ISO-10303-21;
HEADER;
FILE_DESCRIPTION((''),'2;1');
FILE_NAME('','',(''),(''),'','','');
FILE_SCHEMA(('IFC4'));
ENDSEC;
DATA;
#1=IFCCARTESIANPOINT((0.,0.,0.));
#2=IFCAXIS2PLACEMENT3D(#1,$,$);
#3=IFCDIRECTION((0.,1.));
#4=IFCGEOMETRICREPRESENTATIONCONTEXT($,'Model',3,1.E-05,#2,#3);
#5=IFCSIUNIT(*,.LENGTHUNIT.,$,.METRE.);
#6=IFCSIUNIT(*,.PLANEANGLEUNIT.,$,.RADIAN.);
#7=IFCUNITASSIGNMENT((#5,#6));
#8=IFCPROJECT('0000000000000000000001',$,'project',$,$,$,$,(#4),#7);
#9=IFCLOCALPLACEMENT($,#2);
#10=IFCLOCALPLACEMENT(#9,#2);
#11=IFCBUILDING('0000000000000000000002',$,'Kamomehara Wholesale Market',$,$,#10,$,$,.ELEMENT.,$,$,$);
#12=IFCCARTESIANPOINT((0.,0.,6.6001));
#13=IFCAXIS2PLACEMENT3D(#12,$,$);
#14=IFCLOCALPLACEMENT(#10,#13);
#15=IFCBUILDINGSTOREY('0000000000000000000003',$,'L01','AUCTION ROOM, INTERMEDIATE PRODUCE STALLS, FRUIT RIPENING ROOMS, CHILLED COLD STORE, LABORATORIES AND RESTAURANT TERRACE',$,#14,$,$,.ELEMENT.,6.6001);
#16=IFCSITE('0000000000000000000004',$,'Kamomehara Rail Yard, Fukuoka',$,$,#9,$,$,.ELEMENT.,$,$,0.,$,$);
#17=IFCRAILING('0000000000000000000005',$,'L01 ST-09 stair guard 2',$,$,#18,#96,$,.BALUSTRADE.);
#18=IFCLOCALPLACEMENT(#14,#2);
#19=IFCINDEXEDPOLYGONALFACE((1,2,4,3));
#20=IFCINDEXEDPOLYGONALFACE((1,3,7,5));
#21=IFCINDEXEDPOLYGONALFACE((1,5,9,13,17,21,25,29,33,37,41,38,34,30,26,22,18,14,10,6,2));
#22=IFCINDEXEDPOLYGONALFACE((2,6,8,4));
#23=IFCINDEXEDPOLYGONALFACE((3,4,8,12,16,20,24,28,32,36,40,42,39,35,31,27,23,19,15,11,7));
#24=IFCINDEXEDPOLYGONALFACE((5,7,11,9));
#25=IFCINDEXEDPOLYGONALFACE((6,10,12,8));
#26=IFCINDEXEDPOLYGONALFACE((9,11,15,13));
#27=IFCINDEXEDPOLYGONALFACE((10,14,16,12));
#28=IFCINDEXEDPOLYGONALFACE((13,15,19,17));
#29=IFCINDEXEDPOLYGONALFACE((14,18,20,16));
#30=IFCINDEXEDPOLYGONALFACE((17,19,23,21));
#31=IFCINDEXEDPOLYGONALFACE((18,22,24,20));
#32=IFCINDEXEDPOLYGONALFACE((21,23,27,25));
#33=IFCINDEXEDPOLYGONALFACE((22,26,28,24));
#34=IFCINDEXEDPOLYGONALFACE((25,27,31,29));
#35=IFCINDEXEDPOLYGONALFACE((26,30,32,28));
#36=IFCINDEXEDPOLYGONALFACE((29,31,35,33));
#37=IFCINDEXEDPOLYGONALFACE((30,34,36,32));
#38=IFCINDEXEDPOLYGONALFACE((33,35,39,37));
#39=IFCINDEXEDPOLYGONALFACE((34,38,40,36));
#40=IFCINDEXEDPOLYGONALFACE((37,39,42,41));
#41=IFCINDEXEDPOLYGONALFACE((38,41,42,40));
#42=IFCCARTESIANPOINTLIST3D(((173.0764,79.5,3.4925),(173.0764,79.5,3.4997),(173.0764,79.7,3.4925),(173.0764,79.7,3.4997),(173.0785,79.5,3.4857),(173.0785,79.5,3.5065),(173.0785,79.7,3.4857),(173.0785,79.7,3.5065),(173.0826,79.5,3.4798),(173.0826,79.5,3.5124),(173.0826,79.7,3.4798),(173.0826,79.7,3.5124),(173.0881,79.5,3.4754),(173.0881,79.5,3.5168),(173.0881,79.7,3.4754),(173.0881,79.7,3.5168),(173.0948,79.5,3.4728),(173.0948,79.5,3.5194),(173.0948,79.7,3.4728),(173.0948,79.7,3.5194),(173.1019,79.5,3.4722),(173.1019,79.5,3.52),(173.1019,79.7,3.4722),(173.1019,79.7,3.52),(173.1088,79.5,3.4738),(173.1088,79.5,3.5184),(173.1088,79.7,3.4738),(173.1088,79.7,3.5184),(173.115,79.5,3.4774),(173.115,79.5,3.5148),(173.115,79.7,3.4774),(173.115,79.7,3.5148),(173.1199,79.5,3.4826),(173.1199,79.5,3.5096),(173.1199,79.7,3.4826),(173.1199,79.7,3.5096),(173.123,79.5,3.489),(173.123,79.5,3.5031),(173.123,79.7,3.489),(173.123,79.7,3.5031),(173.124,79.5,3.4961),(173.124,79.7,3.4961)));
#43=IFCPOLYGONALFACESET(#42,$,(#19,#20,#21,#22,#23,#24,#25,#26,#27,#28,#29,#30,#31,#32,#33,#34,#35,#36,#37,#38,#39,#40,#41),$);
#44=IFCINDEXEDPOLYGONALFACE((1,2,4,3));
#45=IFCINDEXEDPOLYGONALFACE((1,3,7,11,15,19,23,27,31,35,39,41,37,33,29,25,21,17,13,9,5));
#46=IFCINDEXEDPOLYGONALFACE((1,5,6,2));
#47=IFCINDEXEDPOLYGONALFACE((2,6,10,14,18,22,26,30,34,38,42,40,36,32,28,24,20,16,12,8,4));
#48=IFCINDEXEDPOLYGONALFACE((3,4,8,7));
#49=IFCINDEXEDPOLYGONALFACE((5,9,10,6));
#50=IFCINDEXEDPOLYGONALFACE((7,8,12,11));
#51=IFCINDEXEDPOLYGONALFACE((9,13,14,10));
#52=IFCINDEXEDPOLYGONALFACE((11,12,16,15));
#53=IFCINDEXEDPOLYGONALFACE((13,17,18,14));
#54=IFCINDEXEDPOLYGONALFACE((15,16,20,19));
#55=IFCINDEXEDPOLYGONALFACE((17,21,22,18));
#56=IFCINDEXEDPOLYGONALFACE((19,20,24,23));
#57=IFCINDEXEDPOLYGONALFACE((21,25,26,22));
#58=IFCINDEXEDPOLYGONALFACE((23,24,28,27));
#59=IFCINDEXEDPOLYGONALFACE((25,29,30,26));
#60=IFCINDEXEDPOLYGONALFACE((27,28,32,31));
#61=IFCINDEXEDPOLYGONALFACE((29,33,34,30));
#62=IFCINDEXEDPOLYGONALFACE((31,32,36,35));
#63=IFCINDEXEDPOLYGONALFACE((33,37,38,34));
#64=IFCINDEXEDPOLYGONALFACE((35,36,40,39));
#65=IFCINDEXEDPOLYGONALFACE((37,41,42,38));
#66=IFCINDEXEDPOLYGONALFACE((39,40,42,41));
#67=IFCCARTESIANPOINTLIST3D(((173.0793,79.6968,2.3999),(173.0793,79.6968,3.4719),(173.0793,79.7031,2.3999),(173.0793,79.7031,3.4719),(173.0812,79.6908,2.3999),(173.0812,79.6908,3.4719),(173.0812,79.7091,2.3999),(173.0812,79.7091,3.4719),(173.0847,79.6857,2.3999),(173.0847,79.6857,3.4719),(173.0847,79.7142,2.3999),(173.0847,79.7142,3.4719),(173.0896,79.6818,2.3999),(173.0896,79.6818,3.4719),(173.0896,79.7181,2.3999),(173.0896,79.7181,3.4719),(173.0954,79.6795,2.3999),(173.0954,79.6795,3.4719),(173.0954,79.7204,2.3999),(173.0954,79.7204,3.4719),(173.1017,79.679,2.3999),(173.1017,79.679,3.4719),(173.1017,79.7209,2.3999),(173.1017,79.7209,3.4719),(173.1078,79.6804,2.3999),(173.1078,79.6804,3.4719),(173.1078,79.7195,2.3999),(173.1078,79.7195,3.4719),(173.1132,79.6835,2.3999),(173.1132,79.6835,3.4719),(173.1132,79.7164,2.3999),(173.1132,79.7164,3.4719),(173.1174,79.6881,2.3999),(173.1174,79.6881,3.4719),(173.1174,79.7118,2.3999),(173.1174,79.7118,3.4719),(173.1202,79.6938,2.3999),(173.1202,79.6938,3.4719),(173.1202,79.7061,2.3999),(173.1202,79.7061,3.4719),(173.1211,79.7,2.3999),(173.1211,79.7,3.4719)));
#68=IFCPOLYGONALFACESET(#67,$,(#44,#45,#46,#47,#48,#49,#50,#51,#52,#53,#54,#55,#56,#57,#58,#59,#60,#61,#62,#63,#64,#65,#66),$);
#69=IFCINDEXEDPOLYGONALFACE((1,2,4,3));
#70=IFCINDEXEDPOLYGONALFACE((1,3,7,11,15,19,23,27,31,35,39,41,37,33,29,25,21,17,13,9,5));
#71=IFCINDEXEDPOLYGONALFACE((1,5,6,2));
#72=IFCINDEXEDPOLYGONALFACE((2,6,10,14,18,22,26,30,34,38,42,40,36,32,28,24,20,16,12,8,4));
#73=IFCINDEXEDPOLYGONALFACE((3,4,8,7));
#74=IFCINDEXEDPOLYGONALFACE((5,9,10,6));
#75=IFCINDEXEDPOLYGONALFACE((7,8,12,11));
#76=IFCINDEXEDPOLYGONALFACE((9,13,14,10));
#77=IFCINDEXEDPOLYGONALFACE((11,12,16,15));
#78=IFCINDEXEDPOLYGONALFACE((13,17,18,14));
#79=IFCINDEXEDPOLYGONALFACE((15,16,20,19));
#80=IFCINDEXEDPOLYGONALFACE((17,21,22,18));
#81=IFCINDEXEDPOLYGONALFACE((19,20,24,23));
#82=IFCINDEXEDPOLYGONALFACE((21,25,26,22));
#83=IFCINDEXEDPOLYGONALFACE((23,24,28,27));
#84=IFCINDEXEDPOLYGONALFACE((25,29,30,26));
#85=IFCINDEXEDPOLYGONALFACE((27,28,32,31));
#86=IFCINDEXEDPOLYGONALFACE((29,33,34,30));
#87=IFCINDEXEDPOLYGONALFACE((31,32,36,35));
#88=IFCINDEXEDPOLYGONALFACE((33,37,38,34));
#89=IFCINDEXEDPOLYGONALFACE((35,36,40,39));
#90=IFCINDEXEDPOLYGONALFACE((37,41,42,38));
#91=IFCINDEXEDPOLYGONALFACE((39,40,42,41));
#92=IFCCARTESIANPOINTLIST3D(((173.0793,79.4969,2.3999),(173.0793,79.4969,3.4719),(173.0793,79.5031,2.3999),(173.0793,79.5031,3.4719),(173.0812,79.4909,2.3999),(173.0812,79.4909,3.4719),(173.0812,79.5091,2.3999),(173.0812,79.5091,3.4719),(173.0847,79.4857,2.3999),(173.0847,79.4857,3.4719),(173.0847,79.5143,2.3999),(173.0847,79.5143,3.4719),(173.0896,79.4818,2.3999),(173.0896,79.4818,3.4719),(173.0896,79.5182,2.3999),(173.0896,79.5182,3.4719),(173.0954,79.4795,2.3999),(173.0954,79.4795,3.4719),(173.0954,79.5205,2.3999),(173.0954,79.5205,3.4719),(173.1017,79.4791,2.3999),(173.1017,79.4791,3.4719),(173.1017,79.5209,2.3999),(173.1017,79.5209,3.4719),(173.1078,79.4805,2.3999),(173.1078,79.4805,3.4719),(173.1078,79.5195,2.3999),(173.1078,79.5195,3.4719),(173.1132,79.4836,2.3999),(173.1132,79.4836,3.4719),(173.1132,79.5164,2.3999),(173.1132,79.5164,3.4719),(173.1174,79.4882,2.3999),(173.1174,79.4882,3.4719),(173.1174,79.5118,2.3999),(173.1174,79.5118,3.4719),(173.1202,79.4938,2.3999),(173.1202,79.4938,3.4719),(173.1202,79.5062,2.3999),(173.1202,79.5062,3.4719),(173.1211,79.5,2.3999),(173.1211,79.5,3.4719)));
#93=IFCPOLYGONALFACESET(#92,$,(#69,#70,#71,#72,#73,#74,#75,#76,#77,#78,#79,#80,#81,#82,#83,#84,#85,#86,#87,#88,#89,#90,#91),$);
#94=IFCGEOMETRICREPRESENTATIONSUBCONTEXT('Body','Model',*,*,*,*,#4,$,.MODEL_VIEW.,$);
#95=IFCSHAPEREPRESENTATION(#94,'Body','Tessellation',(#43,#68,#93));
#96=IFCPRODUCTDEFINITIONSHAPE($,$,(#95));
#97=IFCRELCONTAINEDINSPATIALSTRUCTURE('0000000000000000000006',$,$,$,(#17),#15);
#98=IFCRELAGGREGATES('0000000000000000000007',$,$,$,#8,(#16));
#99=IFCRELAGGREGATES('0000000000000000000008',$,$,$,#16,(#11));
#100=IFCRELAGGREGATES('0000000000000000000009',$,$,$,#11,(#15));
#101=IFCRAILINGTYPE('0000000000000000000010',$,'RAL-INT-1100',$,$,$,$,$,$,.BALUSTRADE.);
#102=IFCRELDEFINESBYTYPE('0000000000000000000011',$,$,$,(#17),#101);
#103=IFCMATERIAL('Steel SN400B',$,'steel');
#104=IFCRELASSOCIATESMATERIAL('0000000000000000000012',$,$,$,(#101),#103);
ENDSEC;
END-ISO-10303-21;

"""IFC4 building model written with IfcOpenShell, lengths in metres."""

from ifc_helpers import new_model, si_unit, direction, frame, origin, origin_2d, place, context, subcontext, project, spatial, circle, extrude, material, type_object, element, save


model = new_model("IFC4")

# Units and contexts
model_context = context("Model", 3, precision=1e-05, world=origin(), true_north=direction((0.0, 1.0)))
body_context = subcontext(model_context, "Body", "Model", "MODEL_VIEW")
ifc_project = project(units=[si_unit("LENGTHUNIT", "METRE"), si_unit("PLANEANGLEUNIT", "RADIAN")], contexts=[model_context])

# Site, building, storey
site_placement = place(None, origin())
site = spatial("IfcSite", under=ifc_project, at=site_placement, Name="Kamomehara Rail Yard, Fukuoka", CompositionType="ELEMENT", RefElevation=0.0)
building_placement = place(site_placement, origin())
building = spatial("IfcBuilding", under=site, at=building_placement, Name="Kamomehara Wholesale Market", CompositionType="ELEMENT")
storey_placement = place(building_placement, frame((0.0, 0.0, 6.6001)))
storey = spatial("IfcBuildingStorey", under=building, at=storey_placement, Name="L01", Description="AUCTION ROOM, INTERMEDIATE PRODUCE STALLS, FRUIT RIPENING ROOMS, CHILLED COLD STORE, LABORATORIES AND RESTAURANT TERRACE", CompositionType="ELEMENT", Elevation=6.6001)

# Railing
ifc_material_1 = material(Name="Steel SN400B", Category="steel")
railing_type_1 = type_object("IfcRailingType", Name="RAL-INT-1100", PredefinedType="BALUSTRADE", material=ifc_material_1)
railing_1_placement = place(storey_placement, frame((173.1001, 79.7, 2.3999)))
element("IfcRailing", 1, at=railing_1_placement, inside=storey, type_object=railing_type_1, Name="L01 ST-09 stair guard 2", PredefinedType="BALUSTRADE", context=body_context, shape_type="SweptSolid", body=[
    extrude(circle(Radius=0.0239, at=origin_2d()), frame((0.0, 0.0, 1.0962), z_axis=(0.0, -1.0, 0.0), x_axis=(1.0, 0.0, 0.0)), (0.0, 0.0, 1.0), 0.2),
    extrude(circle(Radius=0.021, at=origin_2d()), origin(), (0.0, 0.0, 1.0), 1.072),
    extrude(circle(Radius=0.021, at=origin_2d()), frame((0.0, -0.2, 0.0)), (0.0, 0.0, 1.0), 1.072),
])

save(model, "model.ifc")
